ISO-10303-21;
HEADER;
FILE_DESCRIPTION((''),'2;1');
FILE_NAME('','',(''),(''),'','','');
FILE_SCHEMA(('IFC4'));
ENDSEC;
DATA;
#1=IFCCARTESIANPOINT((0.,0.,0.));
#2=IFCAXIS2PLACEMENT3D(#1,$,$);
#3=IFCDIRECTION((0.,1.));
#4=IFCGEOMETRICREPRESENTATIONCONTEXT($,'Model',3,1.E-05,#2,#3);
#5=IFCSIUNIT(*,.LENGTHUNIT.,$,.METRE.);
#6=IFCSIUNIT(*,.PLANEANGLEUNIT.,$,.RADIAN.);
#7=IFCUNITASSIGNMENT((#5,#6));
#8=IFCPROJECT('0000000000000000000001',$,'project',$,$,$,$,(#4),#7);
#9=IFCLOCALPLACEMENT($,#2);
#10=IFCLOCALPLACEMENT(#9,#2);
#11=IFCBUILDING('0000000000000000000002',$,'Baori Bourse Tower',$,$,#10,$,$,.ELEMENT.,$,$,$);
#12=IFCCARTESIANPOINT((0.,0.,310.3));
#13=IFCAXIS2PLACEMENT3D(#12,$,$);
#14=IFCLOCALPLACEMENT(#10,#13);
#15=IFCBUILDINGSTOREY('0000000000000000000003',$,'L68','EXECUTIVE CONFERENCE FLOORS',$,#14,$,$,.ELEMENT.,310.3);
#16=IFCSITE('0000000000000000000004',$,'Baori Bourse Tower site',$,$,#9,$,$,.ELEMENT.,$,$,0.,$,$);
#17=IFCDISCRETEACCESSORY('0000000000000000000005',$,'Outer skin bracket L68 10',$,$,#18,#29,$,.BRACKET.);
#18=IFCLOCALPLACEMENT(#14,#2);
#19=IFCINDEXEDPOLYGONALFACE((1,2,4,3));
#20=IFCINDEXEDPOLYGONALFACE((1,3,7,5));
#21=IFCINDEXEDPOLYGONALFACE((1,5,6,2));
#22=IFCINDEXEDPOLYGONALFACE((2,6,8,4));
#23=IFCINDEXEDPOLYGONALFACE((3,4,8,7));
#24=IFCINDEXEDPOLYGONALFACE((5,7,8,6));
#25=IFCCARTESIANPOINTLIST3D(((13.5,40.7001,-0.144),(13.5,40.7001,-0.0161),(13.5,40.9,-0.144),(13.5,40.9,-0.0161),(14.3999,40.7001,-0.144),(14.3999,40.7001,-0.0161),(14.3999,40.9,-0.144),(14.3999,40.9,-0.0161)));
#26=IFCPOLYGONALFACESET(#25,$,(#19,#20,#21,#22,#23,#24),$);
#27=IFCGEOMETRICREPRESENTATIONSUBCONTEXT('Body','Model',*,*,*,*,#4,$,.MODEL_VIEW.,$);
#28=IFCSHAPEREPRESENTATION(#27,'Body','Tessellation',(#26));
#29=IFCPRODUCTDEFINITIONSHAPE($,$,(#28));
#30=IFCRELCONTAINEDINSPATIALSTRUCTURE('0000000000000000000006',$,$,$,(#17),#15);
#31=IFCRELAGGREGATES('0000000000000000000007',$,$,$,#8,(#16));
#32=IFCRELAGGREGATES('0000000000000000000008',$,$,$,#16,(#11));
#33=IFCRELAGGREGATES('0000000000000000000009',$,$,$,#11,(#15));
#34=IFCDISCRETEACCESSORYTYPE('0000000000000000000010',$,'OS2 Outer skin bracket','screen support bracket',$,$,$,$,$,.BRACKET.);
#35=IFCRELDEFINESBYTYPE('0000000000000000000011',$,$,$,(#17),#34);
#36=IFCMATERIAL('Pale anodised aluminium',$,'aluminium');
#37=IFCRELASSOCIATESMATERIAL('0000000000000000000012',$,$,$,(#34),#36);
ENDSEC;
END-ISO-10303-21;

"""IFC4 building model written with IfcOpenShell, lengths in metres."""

from ifc_helpers import new_model, si_unit, direction, frame, origin, origin_2d, place, context, subcontext, project, spatial, rectangle, extrude, material, type_object, element, save


model = new_model("IFC4")

# Units and contexts
model_context = context("Model", 3, precision=1e-05, world=origin(), true_north=direction((0.0, 1.0)))
body_context = subcontext(model_context, "Body", "Model", "MODEL_VIEW")
ifc_project = project(units=[si_unit("LENGTHUNIT", "METRE"), si_unit("PLANEANGLEUNIT", "RADIAN")], contexts=[model_context])

# Site, building, storey
site_placement = place(None, origin())
site = spatial("IfcSite", under=ifc_project, at=site_placement, Name="Baori Bourse Tower site", CompositionType="ELEMENT", RefElevation=0.0)
building_placement = place(site_placement, origin())
building = spatial("IfcBuilding", under=site, at=building_placement, Name="Baori Bourse Tower", CompositionType="ELEMENT")
storey_placement = place(building_placement, frame((0.0, 0.0, 310.3)))
storey = spatial("IfcBuildingStorey", under=building, at=storey_placement, Name="L68", Description="EXECUTIVE CONFERENCE FLOORS", CompositionType="ELEMENT", Elevation=310.3)

# Discrete accessory
ifc_material_1 = material(Name="Pale anodised aluminium", Category="aluminium")
discrete_accessory_type = type_object("IfcDiscreteAccessoryType", Name="OS2 Outer skin bracket", Description="screen support bracket", PredefinedType="BRACKET", material=ifc_material_1)
discrete_accessory_placement = place(storey_placement, frame((13.95, 40.8, -0.144), z_axis=(0.0, 0.0, 1.0), x_axis=(0.0, -1.0, 0.0)))
element("IfcDiscreteAccessory", 1, at=discrete_accessory_placement, inside=storey, type_object=discrete_accessory_type, Name="Outer skin bracket L68 10", PredefinedType="BRACKET", context=body_context, shape_type="SweptSolid", body=[
    extrude(rectangle(XDim=0.2, YDim=0.8999, at=origin_2d()), origin(), (0.0, 0.0, 1.0), 0.1279),
])

save(model, "model.ifc")
